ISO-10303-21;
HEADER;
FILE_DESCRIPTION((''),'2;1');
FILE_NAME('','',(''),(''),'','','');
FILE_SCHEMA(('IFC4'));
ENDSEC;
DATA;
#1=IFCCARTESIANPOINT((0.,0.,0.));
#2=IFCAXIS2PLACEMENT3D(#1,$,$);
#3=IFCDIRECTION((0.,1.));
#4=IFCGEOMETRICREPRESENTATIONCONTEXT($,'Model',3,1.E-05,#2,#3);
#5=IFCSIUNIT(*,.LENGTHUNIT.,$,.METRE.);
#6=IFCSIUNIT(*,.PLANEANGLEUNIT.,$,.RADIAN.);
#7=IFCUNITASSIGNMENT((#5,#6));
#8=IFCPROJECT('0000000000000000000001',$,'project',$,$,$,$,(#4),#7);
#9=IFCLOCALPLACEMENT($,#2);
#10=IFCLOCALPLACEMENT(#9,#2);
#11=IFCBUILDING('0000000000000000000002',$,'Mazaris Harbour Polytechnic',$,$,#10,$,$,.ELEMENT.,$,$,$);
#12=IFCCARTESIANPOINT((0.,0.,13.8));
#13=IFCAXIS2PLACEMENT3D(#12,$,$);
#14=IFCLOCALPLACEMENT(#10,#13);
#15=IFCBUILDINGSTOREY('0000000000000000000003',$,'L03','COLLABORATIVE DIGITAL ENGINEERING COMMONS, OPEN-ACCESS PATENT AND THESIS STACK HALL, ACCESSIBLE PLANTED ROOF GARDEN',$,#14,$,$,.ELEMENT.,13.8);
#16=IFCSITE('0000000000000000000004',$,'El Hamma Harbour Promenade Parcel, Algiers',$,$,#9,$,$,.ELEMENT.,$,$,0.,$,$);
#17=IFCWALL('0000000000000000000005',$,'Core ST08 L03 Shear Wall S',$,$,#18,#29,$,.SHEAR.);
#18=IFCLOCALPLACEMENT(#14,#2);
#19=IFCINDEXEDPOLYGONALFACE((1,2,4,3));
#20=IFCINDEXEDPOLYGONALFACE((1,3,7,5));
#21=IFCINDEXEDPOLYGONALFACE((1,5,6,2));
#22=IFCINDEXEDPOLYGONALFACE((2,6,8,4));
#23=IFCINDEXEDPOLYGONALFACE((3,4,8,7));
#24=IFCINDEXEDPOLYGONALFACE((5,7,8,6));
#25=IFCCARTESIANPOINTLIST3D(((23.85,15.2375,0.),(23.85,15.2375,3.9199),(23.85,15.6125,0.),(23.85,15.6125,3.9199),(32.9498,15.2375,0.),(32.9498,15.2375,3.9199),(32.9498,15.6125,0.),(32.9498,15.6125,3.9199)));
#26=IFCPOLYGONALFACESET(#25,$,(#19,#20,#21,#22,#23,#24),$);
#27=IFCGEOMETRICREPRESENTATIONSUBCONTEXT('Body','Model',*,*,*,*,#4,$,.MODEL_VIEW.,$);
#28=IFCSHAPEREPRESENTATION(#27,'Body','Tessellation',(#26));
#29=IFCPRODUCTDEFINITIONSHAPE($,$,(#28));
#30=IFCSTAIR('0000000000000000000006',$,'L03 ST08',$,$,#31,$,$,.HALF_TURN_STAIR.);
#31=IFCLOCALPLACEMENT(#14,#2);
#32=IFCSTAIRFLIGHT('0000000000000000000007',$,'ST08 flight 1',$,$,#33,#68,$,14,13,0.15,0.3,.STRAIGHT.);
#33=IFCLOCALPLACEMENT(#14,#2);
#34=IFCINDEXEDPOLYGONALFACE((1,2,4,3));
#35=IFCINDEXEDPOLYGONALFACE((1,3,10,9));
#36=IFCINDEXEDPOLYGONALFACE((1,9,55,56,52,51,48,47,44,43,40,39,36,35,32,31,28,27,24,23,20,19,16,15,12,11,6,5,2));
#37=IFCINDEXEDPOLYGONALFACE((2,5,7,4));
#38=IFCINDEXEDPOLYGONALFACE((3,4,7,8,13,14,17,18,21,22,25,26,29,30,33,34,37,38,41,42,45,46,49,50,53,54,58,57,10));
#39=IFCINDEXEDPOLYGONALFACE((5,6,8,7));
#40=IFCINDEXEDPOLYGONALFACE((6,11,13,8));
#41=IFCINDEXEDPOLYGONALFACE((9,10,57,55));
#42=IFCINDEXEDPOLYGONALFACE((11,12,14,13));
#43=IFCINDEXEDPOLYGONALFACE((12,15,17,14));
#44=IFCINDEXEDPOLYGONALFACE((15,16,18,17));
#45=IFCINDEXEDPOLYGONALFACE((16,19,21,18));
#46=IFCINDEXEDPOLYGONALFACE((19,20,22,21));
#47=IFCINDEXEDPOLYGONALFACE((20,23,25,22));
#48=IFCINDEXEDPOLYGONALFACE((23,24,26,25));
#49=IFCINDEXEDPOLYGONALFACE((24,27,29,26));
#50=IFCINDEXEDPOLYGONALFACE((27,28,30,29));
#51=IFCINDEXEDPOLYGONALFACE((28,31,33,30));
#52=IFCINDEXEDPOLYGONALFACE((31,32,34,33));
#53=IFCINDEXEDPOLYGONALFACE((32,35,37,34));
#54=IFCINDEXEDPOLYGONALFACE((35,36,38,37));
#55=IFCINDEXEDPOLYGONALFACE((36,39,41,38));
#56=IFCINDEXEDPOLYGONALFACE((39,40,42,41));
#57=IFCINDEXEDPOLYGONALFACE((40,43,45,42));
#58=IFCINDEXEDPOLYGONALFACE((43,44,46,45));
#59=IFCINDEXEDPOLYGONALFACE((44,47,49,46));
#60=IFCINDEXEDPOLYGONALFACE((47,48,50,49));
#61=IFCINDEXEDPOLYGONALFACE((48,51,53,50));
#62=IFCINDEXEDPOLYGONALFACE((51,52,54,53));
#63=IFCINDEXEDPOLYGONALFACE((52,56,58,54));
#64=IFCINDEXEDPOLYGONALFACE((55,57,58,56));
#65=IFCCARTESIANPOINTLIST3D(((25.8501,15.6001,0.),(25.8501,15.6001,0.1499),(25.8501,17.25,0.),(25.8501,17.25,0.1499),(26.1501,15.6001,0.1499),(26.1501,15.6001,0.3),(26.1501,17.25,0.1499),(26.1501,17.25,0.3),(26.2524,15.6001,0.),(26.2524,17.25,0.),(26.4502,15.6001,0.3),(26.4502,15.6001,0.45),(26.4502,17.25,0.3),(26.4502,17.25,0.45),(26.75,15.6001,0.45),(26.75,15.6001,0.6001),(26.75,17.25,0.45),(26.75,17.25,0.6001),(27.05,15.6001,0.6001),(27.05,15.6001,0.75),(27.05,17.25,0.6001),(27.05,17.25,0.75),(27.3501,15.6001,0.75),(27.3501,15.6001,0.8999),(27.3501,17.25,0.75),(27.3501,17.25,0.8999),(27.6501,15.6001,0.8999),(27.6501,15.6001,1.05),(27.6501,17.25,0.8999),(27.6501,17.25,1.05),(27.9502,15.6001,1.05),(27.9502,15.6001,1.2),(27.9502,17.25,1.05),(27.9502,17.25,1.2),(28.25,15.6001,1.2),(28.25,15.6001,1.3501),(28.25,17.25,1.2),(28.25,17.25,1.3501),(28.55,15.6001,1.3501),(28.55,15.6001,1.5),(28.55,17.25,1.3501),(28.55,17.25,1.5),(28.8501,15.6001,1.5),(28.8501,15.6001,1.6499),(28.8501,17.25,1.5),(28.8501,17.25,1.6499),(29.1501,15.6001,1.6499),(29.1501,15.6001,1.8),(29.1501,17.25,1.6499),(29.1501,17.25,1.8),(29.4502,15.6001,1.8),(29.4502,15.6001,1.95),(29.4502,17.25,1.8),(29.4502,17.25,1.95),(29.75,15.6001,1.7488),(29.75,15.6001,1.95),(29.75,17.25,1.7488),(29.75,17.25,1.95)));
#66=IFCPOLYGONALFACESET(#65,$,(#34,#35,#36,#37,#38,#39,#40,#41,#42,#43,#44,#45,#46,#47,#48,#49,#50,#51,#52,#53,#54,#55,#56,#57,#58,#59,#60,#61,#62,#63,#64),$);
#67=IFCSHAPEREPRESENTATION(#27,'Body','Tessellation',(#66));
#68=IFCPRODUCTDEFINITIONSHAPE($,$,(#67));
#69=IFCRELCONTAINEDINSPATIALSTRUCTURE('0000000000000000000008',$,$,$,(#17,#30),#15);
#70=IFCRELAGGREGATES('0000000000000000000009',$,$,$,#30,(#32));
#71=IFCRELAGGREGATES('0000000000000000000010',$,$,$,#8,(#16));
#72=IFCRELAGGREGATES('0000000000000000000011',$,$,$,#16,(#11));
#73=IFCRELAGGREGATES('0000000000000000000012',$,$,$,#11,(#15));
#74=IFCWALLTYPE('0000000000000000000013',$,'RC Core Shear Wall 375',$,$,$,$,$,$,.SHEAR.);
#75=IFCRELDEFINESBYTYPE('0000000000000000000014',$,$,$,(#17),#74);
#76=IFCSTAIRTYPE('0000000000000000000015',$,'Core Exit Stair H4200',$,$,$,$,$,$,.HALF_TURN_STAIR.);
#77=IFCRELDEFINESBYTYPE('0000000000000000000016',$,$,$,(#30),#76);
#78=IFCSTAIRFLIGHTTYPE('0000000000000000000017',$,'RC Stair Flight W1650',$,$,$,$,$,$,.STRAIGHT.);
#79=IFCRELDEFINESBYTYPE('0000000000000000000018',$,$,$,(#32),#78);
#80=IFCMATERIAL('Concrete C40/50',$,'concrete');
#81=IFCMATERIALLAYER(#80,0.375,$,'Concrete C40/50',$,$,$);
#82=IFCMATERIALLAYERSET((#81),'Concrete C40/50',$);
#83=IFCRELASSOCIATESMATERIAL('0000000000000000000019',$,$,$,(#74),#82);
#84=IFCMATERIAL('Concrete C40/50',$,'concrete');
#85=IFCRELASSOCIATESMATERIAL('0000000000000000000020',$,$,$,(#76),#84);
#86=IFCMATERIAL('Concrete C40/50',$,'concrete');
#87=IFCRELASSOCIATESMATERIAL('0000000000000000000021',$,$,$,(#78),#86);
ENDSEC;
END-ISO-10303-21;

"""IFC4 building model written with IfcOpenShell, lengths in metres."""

from ifc_helpers import new_model, si_unit, direction, frame, frame_2d, origin, place, context, subcontext, project, spatial, polyline, rectangle, outline, extrude, material, layer, layer_set, type_object, element, aggregate, save


model = new_model("IFC4")

# Units and contexts
model_context = context("Model", 3, precision=1e-05, world=origin(), true_north=direction((0.0, 1.0)))
body_context = subcontext(model_context, "Body", "Model", "MODEL_VIEW")
ifc_project = project(units=[si_unit("LENGTHUNIT", "METRE"), si_unit("PLANEANGLEUNIT", "RADIAN")], contexts=[model_context])

# Site, building, storey
site_placement = place(None, origin())
site = spatial("IfcSite", under=ifc_project, at=site_placement, Name="El Hamma Harbour Promenade Parcel, Algiers", CompositionType="ELEMENT", RefElevation=0.0)
building_placement = place(site_placement, origin())
building = spatial("IfcBuilding", under=site, at=building_placement, Name="Mazaris Harbour Polytechnic", CompositionType="ELEMENT")
storey_placement = place(building_placement, frame((0.0, 0.0, 13.8)))
storey = spatial("IfcBuildingStorey", under=building, at=storey_placement, Name="L03", Description="COLLABORATIVE DIGITAL ENGINEERING COMMONS, OPEN-ACCESS PATENT AND THESIS STACK HALL, ACCESSIBLE PLANTED ROOF GARDEN", CompositionType="ELEMENT", Elevation=13.8)

# Wall
ifc_material_1 = material(Name="Concrete C40/50", Category="concrete")
ifc_layer_1 = layer(ifc_material_1, 0.375, Name="Concrete C40/50")
ifc_layer_set_1 = layer_set([ifc_layer_1], Name="Concrete C40/50")
wall_type_1 = type_object("IfcWallType", Name="RC Core Shear Wall 375", PredefinedType="SHEAR", material=ifc_layer_set_1)
wall_1_placement = place(storey_placement, frame((23.8501, 15.425, 0.0), z_axis=(0.0, 0.0, 1.0), x_axis=(1.0, 0.0, 0.0)))
element("IfcWall", 1, at=wall_1_placement, inside=storey, type_object=wall_type_1, Name="Core ST08 L03 Shear Wall S", PredefinedType="SHEAR", context=body_context, shape_type="SweptSolid", body=[
    extrude(rectangle(XDim=9.0999, YDim=0.375, at=frame_2d((4.5498, 0.0))), origin(), (0.0, 0.0, 1.0), 3.9199),
])

# Stair, stair flight
ifc_material_2 = material(Name="Concrete C40/50", Category="concrete")
stair_type = type_object("IfcStairType", Name="Core Exit Stair H4200", PredefinedType="HALF_TURN_STAIR", material=ifc_material_2)
stair_placement = place(storey_placement, origin())
stair = element("IfcStair", 2, at=stair_placement, inside=storey, type_object=stair_type, Name="L03 ST08", PredefinedType="HALF_TURN_STAIR")
ifc_material_3 = material(Name="Concrete C40/50", Category="concrete")
stair_flight_type = type_object("IfcStairFlightType", Name="RC Stair Flight W1650", PredefinedType="STRAIGHT", material=ifc_material_3)
stair_flight_placement = place(storey_placement, frame((25.8501, 16.425, 0.0), z_axis=(0.0, 0.0, 1.0), x_axis=(1.0, 0.0, 0.0)))
stair_flight = element("IfcStairFlight", 3, at=stair_flight_placement, type_object=stair_flight_type, Name="ST08 flight 1", NumberOfRisers=14, NumberOfTreads=13, PredefinedType="STRAIGHT", RiserHeight=0.15, TreadLength=0.3, context=body_context, shape_type="SweptSolid", body=[
    extrude(outline(polyline([(0.0, 0.0), (0.0, 0.1499), (0.3, 0.1499), (0.3, 0.3), (0.6001, 0.3), (0.6001, 0.45), (0.8999, 0.45), (0.8999, 0.6001), (1.2, 0.6001), (1.2, 0.75), (1.5, 0.75), (1.5, 0.8999), (1.8, 0.8999), (1.8, 1.05), (2.1001, 1.05), (2.1001, 1.2), (2.3999, 1.2), (2.3999, 1.3501), (2.7, 1.3501), (2.7, 1.5), (3.0, 1.5), (3.0, 1.6499), (3.3, 1.6499), (3.3, 1.8), (3.6001, 1.8), (3.6001, 1.95), (3.8999, 1.95), (3.8999, 2.1001), (3.8999, 1.7488), (0.4023, 0.0), (0.0, 0.0)])), frame((0.0, 0.825, 0.0), z_axis=(0.0, -1.0, 0.0), x_axis=(1.0, 0.0, 0.0)), (0.0, 0.0, 1.0), 1.6499),
])
aggregate(stair, [stair_flight])

save(model, "model.ifc")
